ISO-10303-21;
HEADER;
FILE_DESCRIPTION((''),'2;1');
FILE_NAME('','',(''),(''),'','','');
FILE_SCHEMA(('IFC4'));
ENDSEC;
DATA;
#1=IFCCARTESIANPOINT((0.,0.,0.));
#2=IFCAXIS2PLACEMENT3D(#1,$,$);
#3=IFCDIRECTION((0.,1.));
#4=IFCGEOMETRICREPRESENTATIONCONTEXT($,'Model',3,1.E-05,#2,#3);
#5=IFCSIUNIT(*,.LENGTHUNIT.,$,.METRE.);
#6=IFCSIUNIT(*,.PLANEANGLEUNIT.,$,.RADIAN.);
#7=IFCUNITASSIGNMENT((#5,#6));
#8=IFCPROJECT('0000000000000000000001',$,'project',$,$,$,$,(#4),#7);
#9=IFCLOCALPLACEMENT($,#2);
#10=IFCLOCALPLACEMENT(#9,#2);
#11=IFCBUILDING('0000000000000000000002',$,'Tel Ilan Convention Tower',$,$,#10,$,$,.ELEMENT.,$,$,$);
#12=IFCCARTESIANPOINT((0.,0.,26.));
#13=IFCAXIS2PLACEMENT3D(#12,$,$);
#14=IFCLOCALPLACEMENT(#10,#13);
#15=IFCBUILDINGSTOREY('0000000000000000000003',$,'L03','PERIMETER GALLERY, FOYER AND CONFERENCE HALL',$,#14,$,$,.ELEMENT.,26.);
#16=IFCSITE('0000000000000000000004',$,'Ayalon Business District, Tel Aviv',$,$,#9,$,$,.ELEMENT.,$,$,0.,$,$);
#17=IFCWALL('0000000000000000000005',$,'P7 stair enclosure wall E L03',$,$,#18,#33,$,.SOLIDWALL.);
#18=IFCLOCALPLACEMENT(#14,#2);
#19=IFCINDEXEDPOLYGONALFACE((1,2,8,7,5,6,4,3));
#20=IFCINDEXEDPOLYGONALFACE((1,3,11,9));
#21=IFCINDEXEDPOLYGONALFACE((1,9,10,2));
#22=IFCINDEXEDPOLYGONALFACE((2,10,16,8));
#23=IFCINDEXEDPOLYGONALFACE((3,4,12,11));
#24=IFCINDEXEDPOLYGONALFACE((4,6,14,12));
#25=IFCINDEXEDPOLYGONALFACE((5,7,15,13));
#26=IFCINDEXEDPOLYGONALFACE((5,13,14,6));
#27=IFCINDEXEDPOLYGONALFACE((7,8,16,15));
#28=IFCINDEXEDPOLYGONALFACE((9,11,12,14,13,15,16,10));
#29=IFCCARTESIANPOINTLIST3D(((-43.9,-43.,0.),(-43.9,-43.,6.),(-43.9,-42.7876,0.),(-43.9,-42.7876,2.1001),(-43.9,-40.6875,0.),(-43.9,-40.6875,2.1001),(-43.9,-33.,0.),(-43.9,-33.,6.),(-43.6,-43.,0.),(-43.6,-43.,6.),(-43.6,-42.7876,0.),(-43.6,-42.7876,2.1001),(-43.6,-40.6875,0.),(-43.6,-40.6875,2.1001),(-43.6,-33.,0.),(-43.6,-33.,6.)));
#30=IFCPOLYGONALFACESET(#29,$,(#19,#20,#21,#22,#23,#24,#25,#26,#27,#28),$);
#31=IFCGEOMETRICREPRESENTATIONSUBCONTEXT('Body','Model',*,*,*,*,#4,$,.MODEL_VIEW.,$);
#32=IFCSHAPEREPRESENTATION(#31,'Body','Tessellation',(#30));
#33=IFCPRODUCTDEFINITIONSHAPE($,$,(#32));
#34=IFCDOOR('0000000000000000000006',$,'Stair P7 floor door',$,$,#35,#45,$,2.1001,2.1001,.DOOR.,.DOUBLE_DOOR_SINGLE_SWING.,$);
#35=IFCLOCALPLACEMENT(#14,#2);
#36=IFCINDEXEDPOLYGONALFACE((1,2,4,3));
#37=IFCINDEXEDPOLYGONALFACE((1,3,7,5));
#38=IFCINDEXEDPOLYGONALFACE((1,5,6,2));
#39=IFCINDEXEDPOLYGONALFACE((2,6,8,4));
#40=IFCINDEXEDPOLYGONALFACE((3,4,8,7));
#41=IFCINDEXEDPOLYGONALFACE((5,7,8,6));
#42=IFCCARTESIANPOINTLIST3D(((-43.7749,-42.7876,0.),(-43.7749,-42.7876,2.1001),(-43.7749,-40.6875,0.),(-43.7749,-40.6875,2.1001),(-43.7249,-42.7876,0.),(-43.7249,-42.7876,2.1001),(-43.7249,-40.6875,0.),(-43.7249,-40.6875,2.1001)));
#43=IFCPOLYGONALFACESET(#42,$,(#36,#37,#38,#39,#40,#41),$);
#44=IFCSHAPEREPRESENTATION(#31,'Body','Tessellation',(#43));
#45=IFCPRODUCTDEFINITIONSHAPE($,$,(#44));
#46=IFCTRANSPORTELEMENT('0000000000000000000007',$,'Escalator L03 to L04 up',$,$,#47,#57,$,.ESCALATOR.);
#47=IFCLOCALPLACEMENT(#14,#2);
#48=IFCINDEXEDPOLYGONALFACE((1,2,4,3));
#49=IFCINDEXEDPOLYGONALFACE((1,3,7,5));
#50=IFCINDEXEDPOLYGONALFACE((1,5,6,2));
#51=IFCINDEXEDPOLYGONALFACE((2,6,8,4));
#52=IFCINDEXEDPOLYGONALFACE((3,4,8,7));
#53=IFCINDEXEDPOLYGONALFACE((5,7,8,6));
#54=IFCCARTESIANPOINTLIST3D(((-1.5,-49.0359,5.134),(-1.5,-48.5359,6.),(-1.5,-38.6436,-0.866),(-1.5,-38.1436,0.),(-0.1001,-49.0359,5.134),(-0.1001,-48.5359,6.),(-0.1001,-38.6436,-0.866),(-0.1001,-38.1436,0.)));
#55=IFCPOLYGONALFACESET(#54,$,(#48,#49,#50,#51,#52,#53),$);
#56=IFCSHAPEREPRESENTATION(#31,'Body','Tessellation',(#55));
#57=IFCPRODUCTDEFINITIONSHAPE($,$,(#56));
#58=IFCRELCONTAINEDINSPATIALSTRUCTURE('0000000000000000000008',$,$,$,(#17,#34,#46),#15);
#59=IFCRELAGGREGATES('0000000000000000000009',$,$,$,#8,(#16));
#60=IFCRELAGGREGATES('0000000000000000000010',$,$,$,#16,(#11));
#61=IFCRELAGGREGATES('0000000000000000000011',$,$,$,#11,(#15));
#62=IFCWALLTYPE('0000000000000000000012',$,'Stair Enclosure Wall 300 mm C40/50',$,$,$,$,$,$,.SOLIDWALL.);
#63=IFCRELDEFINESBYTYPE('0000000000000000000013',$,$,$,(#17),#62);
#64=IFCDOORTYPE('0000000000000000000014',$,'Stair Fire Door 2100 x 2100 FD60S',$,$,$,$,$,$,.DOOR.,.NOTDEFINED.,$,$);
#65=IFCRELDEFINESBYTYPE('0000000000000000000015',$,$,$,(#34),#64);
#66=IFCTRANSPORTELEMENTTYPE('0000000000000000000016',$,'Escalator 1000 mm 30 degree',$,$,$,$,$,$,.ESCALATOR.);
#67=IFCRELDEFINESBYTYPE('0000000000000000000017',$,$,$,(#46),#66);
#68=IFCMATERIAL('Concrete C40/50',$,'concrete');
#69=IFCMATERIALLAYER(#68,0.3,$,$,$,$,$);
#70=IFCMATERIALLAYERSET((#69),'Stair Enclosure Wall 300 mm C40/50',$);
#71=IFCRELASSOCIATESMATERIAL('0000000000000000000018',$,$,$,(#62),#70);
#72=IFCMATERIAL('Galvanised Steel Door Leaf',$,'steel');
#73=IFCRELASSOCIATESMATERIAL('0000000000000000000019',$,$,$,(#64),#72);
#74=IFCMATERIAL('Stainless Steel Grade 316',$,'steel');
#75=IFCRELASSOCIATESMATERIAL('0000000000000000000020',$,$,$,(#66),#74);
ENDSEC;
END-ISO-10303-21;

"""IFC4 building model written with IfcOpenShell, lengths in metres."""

from ifc_helpers import new_model, si_unit, direction, frame, frame_2d, origin, place, context, subcontext, project, spatial, polyline, rectangle, outline, extrude, material, layer, layer_set, type_object, element, fill, save


model = new_model("IFC4")

# Units and contexts
model_context = context("Model", 3, precision=1e-05, world=origin(), true_north=direction((0.0, 1.0)))
body_context = subcontext(model_context, "Body", "Model", "MODEL_VIEW")
ifc_project = project(units=[si_unit("LENGTHUNIT", "METRE"), si_unit("PLANEANGLEUNIT", "RADIAN")], contexts=[model_context])

# Site, building, storey
site_placement = place(None, origin())
site = spatial("IfcSite", under=ifc_project, at=site_placement, Name="Ayalon Business District, Tel Aviv", CompositionType="ELEMENT", RefElevation=0.0)
building_placement = place(site_placement, origin())
building = spatial("IfcBuilding", under=site, at=building_placement, Name="Tel Ilan Convention Tower", CompositionType="ELEMENT")
storey_placement = place(building_placement, frame((0.0, 0.0, 26.0)))
storey = spatial("IfcBuildingStorey", under=building, at=storey_placement, Name="L03", Description="PERIMETER GALLERY, FOYER AND CONFERENCE HALL", CompositionType="ELEMENT", Elevation=26.0)

# Wall, opening, door
ifc_material_1 = material(Name="Concrete C40/50", Category="concrete")
ifc_layer_1 = layer(ifc_material_1, 0.3)
ifc_layer_set_1 = layer_set([ifc_layer_1], Name="Stair Enclosure Wall 300 mm C40/50")
wall_type_1 = type_object("IfcWallType", Name="Stair Enclosure Wall 300 mm C40/50", PredefinedType="SOLIDWALL", material=ifc_layer_set_1)
wall_1_placement = place(storey_placement, frame((-43.75, -43.0, 0.0), z_axis=(0.0, 0.0, 1.0), x_axis=(0.0, 1.0, 0.0)))
wall_1 = element("IfcWall", 1, at=wall_1_placement, inside=storey, type_object=wall_type_1, Name="P7 stair enclosure wall E L03", PredefinedType="SOLIDWALL", context=body_context, shape_type="SweptSolid", body=[
    extrude(rectangle(XDim=10.0, YDim=0.3, at=frame_2d((5.0, 0.0))), origin(), (0.0, 0.0, 1.0), 6.0),
])
opening_1_placement = place(wall_1_placement, frame((0.2124, 0.0, 0.0)))
opening_1 = element("IfcOpeningElement", 2, at=opening_1_placement, cuts=wall_1, PredefinedType="OPENING", context=body_context, shape_type="SweptSolid", body=[
    extrude(rectangle(XDim=2.1001, YDim=2.1001, at=frame_2d((1.05, 1.05))), frame((0.0, 0.1599, 0.0), z_axis=(0.0, -1.0, 0.0), x_axis=(1.0, 0.0, 0.0)), (0.0, 0.0, 1.0), 0.3201),
])
ifc_material_2 = material(Name="Galvanised Steel Door Leaf", Category="steel")
door_type_1 = type_object("IfcDoorType", Name="Stair Fire Door 2100 x 2100 FD60S", OperationType="NOTDEFINED", PredefinedType="DOOR", material=ifc_material_2)
door_1_placement = place(opening_1_placement, origin())
door_1 = element("IfcDoor", 3, at=door_1_placement, inside=storey, type_object=door_type_1, Name="Stair P7 floor door", OperationType="DOUBLE_DOOR_SINGLE_SWING", OverallHeight=2.1001, OverallWidth=2.1001, PredefinedType="DOOR", context=body_context, shape_type="SweptSolid", body=[
    extrude(rectangle(XDim=2.1001, YDim=2.1001, at=frame_2d((1.05, 1.05))), frame((0.0, 0.0249, 0.0), z_axis=(0.0, -1.0, 0.0), x_axis=(1.0, 0.0, 0.0)), (0.0, 0.0, 1.0), 0.05),
])
fill(opening_1, door_1)

# Transport element
ifc_material_3 = material(Name="Stainless Steel Grade 316", Category="steel")
transport_element_type = type_object("IfcTransportElementType", Name="Escalator 1000 mm 30 degree", PredefinedType="ESCALATOR", material=ifc_material_3)
transport_element_placement = place(storey_placement, frame((-1.5, -38.1436, 0.0), z_axis=(0.0, 0.499999, 0.866026), x_axis=(1.0, 0.0, 0.0)))
element("IfcTransportElement", 4, at=transport_element_placement, inside=storey, type_object=transport_element_type, Name="Escalator L03 to L04 up", PredefinedType="ESCALATOR", context=body_context, shape_type="SweptSolid", body=[
    extrude(outline(polyline([(0.0, 0.0), (1.3999, 0.0), (1.3999, -12.0), (0.0, -12.0), (0.0, 0.0)])), origin(), (0.0, 0.0, -1.0), 1.0),
])

save(model, "model.ifc")
